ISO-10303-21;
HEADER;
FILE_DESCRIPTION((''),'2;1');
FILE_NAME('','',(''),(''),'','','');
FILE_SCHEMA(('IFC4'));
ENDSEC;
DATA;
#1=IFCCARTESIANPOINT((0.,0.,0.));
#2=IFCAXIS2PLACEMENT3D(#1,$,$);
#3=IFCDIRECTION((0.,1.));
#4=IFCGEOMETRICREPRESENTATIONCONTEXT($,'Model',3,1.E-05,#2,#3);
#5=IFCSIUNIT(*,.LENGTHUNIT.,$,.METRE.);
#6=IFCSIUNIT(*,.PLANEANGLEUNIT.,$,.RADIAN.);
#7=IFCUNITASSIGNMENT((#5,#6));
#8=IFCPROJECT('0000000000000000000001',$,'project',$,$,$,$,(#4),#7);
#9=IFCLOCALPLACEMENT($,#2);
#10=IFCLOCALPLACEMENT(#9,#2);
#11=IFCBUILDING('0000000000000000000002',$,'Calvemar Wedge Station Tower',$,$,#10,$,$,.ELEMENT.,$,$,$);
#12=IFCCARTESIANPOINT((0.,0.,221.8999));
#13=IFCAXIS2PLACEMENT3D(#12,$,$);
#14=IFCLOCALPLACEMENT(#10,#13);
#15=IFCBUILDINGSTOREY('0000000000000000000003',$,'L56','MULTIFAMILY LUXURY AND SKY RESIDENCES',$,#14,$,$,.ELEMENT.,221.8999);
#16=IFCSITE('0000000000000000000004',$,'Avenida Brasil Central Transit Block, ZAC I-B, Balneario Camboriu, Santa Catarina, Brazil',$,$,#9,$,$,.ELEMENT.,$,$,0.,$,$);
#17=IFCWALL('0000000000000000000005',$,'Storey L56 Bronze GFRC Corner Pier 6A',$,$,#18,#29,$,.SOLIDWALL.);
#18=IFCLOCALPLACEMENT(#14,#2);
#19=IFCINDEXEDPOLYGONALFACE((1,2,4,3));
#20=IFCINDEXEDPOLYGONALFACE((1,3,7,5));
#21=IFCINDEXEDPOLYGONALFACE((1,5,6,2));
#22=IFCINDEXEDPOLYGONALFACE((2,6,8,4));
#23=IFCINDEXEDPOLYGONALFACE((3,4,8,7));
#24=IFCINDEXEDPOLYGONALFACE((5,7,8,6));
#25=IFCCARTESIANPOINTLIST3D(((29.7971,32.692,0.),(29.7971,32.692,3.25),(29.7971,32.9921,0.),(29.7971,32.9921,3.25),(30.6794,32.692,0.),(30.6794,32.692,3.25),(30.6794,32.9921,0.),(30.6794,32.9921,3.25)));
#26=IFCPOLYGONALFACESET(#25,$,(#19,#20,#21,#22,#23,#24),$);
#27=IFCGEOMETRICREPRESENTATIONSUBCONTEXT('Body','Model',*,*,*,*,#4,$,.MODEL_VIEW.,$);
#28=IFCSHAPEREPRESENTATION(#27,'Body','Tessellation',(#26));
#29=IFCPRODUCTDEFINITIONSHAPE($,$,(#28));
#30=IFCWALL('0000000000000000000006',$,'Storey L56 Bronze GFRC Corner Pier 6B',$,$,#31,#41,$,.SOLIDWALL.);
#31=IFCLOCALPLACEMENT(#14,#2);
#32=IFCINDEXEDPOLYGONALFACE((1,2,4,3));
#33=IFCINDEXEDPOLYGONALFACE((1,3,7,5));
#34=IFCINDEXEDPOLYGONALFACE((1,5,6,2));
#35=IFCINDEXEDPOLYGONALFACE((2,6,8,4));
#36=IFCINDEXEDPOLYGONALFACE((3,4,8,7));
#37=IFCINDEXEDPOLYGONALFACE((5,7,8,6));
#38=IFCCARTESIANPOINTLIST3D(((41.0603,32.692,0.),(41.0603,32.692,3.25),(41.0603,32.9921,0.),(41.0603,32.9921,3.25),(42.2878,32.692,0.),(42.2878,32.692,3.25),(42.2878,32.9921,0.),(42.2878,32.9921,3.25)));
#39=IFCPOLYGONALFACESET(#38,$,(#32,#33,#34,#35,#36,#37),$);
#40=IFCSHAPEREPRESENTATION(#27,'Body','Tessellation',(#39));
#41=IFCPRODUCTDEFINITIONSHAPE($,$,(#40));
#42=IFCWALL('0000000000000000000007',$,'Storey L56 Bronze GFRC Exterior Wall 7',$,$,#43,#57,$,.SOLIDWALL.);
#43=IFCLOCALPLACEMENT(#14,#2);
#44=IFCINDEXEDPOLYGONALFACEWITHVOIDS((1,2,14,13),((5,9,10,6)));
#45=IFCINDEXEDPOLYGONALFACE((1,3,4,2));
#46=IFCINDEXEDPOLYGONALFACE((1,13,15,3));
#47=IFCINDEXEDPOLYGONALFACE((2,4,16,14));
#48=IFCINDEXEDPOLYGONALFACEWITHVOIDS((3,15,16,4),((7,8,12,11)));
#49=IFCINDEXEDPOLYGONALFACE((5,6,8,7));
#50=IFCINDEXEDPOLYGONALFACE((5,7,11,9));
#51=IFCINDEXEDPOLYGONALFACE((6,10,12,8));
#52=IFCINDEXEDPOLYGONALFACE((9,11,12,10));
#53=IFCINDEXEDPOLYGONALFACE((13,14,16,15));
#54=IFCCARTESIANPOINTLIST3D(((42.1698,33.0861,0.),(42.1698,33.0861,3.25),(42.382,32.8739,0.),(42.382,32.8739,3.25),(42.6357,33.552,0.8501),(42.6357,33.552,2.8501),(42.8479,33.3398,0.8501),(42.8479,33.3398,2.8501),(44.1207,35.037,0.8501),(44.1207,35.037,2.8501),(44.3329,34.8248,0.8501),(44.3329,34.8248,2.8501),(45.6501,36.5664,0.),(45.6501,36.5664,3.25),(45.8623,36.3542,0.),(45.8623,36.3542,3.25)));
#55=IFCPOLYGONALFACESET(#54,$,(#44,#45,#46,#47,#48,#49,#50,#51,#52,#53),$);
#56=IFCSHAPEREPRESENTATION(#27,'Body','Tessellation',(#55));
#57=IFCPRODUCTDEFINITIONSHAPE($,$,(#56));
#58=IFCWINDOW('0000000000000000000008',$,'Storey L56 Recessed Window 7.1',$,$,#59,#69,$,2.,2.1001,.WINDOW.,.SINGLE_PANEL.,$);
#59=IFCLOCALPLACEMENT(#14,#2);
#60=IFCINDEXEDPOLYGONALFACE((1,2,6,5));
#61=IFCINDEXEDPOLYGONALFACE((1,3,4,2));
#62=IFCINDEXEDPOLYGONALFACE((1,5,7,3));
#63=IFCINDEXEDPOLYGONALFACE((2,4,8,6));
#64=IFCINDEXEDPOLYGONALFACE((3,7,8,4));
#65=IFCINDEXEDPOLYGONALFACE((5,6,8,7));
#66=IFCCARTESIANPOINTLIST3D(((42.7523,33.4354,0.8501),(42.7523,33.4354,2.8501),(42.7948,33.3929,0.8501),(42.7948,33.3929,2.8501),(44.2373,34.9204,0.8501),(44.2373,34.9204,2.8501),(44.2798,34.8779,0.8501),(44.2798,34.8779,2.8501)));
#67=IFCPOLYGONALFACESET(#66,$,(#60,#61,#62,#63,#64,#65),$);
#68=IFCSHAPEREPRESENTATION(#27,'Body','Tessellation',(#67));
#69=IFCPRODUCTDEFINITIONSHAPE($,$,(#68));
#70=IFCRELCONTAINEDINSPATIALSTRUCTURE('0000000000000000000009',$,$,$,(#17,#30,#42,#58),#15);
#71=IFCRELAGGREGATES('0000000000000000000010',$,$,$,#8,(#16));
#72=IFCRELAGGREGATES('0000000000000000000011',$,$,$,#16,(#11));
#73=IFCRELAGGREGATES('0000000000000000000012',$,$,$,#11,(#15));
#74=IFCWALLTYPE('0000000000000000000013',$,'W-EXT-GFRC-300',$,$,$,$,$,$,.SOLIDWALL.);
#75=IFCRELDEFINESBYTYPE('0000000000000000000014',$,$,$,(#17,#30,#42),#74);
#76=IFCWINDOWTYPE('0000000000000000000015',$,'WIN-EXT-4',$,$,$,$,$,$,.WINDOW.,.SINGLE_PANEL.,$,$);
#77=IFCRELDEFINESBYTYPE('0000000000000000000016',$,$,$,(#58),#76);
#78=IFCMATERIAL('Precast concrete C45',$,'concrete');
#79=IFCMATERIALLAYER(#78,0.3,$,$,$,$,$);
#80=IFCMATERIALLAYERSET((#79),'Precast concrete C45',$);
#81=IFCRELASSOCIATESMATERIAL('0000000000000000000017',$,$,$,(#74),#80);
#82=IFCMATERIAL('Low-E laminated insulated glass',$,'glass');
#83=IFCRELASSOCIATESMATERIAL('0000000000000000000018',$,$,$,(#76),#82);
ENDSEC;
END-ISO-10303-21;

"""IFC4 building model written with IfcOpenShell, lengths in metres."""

from ifc_helpers import new_model, si_unit, direction, frame, frame_2d, origin, place, context, subcontext, project, spatial, rectangle, extrude, source, transform, mapped, material, layer, layer_set, type_object, element, fill, save


model = new_model("IFC4")

# Units and contexts
model_context = context("Model", 3, precision=1e-05, world=origin(), true_north=direction((0.0, 1.0)))
body_context = subcontext(model_context, "Body", "Model", "MODEL_VIEW")
ifc_project = project(units=[si_unit("LENGTHUNIT", "METRE"), si_unit("PLANEANGLEUNIT", "RADIAN")], contexts=[model_context])

# Site, building, storey
site_placement = place(None, origin())
site = spatial("IfcSite", under=ifc_project, at=site_placement, Name="Avenida Brasil Central Transit Block, ZAC I-B, Balneario Camboriu, Santa Catarina, Brazil", CompositionType="ELEMENT", RefElevation=0.0)
building_placement = place(site_placement, origin())
building = spatial("IfcBuilding", under=site, at=building_placement, Name="Calvemar Wedge Station Tower", CompositionType="ELEMENT")
storey_placement = place(building_placement, frame((0.0, 0.0, 221.8999)))
storey = spatial("IfcBuildingStorey", under=building, at=storey_placement, Name="L56", Description="MULTIFAMILY LUXURY AND SKY RESIDENCES", CompositionType="ELEMENT", Elevation=221.8999)

# Shared definitions
ifc_material_1 = material(Name="Low-E laminated insulated glass", Category="glass")

# Shared definitions
ifc_material_2 = material(Name="Precast concrete C45", Category="concrete")
ifc_layer_1 = layer(ifc_material_2, 0.3)
ifc_layer_set_1 = layer_set([ifc_layer_1], Name="Precast concrete C45")
wall_type_1 = type_object("IfcWallType", Name="W-EXT-GFRC-300", PredefinedType="SOLIDWALL", material=ifc_layer_set_1)

# Walls
wall_1_placement = place(storey_placement, frame((29.7971, 32.842, 0.0), z_axis=(0.0, 0.0, 1.0), x_axis=(1.0, 0.0, 0.0)))
element("IfcWall", 1, at=wall_1_placement, inside=storey, type_object=wall_type_1, Name="Storey L56 Bronze GFRC Corner Pier 6A", PredefinedType="SOLIDWALL", context=body_context, shape_type="SweptSolid", body=[
    extrude(rectangle(XDim=0.8823, YDim=0.3, at=frame_2d((0.4412, 0.0))), origin(), (0.0, 0.0, 1.0), 3.25),
])
wall_2_placement = place(storey_placement, frame((41.0603, 32.842, 0.0), z_axis=(0.0, 0.0, 1.0), x_axis=(1.0, 0.0, 0.0)))
element("IfcWall", 2, at=wall_2_placement, inside=storey, type_object=wall_type_1, Name="Storey L56 Bronze GFRC Corner Pier 6B", PredefinedType="SOLIDWALL", context=body_context, shape_type="SweptSolid", body=[
    extrude(rectangle(XDim=1.2275, YDim=0.3, at=frame_2d((0.6138, 0.0))), origin(), (0.0, 0.0, 1.0), 3.25),
])

# Wall, opening, window
wall_3_placement = place(storey_placement, frame((42.2759, 32.98, 0.0), z_axis=(0.0, 0.0, 1.0), x_axis=(0.707107, 0.707107, 0.0)))
wall_3 = element("IfcWall", 3, at=wall_3_placement, inside=storey, type_object=wall_type_1, Name="Storey L56 Bronze GFRC Exterior Wall 7", PredefinedType="SOLIDWALL", context=body_context, shape_type="SweptSolid", body=[
    extrude(rectangle(XDim=4.9219, YDim=0.3, at=frame_2d((2.4609, 0.0))), origin(), (0.0, 0.0, 1.0), 3.25),
])
shared_shape_1 = source(origin(), body_context, "Body", "SweptSolid", [
    extrude(rectangle(XDim=2.1001, YDim=2.0, at=frame_2d((1.05, 1.0))), frame((0.0, 0.1602, 0.0), z_axis=(0.0, -1.0, 0.0), x_axis=(1.0, 0.0, 0.0)), (0.0, 0.0, 1.0), 0.3201),
])
opening_1_placement = place(wall_3_placement, frame((0.6589, 0.0, 0.8501)))
opening_1 = element("IfcOpeningElement", 4, at=opening_1_placement, cuts=wall_3, PredefinedType="OPENING", context=body_context, shape_type="MappedRepresentation", body=[
    mapped(shared_shape_1, transform((0.0, 0.0, 0.0), scale=1.0)),
])
window_type_1 = type_object("IfcWindowType", Name="WIN-EXT-4", PartitioningType="SINGLE_PANEL", PredefinedType="WINDOW", material=ifc_material_1)
shared_shape_2 = source(origin(), body_context, "Body", "SweptSolid", [
    extrude(rectangle(XDim=2.1001, YDim=2.0, at=frame_2d((1.05, 1.0))), frame((0.0, -0.0149, 0.0), z_axis=(0.0, -1.0, 0.0), x_axis=(1.0, 0.0, 0.0)), (0.0, 0.0, 1.0), 0.0601),
])
window_1_placement = place(opening_1_placement, origin())
window_1 = element("IfcWindow", 5, at=window_1_placement, inside=storey, type_object=window_type_1, Name="Storey L56 Recessed Window 7.1", OverallHeight=2.0, OverallWidth=2.1001, PartitioningType="SINGLE_PANEL", PredefinedType="WINDOW", context=body_context, shape_type="MappedRepresentation", body=[
    mapped(shared_shape_2, transform((0.0, 0.0, 0.0), scale=1.0)),
])
fill(opening_1, window_1)

save(model, "model.ifc")
